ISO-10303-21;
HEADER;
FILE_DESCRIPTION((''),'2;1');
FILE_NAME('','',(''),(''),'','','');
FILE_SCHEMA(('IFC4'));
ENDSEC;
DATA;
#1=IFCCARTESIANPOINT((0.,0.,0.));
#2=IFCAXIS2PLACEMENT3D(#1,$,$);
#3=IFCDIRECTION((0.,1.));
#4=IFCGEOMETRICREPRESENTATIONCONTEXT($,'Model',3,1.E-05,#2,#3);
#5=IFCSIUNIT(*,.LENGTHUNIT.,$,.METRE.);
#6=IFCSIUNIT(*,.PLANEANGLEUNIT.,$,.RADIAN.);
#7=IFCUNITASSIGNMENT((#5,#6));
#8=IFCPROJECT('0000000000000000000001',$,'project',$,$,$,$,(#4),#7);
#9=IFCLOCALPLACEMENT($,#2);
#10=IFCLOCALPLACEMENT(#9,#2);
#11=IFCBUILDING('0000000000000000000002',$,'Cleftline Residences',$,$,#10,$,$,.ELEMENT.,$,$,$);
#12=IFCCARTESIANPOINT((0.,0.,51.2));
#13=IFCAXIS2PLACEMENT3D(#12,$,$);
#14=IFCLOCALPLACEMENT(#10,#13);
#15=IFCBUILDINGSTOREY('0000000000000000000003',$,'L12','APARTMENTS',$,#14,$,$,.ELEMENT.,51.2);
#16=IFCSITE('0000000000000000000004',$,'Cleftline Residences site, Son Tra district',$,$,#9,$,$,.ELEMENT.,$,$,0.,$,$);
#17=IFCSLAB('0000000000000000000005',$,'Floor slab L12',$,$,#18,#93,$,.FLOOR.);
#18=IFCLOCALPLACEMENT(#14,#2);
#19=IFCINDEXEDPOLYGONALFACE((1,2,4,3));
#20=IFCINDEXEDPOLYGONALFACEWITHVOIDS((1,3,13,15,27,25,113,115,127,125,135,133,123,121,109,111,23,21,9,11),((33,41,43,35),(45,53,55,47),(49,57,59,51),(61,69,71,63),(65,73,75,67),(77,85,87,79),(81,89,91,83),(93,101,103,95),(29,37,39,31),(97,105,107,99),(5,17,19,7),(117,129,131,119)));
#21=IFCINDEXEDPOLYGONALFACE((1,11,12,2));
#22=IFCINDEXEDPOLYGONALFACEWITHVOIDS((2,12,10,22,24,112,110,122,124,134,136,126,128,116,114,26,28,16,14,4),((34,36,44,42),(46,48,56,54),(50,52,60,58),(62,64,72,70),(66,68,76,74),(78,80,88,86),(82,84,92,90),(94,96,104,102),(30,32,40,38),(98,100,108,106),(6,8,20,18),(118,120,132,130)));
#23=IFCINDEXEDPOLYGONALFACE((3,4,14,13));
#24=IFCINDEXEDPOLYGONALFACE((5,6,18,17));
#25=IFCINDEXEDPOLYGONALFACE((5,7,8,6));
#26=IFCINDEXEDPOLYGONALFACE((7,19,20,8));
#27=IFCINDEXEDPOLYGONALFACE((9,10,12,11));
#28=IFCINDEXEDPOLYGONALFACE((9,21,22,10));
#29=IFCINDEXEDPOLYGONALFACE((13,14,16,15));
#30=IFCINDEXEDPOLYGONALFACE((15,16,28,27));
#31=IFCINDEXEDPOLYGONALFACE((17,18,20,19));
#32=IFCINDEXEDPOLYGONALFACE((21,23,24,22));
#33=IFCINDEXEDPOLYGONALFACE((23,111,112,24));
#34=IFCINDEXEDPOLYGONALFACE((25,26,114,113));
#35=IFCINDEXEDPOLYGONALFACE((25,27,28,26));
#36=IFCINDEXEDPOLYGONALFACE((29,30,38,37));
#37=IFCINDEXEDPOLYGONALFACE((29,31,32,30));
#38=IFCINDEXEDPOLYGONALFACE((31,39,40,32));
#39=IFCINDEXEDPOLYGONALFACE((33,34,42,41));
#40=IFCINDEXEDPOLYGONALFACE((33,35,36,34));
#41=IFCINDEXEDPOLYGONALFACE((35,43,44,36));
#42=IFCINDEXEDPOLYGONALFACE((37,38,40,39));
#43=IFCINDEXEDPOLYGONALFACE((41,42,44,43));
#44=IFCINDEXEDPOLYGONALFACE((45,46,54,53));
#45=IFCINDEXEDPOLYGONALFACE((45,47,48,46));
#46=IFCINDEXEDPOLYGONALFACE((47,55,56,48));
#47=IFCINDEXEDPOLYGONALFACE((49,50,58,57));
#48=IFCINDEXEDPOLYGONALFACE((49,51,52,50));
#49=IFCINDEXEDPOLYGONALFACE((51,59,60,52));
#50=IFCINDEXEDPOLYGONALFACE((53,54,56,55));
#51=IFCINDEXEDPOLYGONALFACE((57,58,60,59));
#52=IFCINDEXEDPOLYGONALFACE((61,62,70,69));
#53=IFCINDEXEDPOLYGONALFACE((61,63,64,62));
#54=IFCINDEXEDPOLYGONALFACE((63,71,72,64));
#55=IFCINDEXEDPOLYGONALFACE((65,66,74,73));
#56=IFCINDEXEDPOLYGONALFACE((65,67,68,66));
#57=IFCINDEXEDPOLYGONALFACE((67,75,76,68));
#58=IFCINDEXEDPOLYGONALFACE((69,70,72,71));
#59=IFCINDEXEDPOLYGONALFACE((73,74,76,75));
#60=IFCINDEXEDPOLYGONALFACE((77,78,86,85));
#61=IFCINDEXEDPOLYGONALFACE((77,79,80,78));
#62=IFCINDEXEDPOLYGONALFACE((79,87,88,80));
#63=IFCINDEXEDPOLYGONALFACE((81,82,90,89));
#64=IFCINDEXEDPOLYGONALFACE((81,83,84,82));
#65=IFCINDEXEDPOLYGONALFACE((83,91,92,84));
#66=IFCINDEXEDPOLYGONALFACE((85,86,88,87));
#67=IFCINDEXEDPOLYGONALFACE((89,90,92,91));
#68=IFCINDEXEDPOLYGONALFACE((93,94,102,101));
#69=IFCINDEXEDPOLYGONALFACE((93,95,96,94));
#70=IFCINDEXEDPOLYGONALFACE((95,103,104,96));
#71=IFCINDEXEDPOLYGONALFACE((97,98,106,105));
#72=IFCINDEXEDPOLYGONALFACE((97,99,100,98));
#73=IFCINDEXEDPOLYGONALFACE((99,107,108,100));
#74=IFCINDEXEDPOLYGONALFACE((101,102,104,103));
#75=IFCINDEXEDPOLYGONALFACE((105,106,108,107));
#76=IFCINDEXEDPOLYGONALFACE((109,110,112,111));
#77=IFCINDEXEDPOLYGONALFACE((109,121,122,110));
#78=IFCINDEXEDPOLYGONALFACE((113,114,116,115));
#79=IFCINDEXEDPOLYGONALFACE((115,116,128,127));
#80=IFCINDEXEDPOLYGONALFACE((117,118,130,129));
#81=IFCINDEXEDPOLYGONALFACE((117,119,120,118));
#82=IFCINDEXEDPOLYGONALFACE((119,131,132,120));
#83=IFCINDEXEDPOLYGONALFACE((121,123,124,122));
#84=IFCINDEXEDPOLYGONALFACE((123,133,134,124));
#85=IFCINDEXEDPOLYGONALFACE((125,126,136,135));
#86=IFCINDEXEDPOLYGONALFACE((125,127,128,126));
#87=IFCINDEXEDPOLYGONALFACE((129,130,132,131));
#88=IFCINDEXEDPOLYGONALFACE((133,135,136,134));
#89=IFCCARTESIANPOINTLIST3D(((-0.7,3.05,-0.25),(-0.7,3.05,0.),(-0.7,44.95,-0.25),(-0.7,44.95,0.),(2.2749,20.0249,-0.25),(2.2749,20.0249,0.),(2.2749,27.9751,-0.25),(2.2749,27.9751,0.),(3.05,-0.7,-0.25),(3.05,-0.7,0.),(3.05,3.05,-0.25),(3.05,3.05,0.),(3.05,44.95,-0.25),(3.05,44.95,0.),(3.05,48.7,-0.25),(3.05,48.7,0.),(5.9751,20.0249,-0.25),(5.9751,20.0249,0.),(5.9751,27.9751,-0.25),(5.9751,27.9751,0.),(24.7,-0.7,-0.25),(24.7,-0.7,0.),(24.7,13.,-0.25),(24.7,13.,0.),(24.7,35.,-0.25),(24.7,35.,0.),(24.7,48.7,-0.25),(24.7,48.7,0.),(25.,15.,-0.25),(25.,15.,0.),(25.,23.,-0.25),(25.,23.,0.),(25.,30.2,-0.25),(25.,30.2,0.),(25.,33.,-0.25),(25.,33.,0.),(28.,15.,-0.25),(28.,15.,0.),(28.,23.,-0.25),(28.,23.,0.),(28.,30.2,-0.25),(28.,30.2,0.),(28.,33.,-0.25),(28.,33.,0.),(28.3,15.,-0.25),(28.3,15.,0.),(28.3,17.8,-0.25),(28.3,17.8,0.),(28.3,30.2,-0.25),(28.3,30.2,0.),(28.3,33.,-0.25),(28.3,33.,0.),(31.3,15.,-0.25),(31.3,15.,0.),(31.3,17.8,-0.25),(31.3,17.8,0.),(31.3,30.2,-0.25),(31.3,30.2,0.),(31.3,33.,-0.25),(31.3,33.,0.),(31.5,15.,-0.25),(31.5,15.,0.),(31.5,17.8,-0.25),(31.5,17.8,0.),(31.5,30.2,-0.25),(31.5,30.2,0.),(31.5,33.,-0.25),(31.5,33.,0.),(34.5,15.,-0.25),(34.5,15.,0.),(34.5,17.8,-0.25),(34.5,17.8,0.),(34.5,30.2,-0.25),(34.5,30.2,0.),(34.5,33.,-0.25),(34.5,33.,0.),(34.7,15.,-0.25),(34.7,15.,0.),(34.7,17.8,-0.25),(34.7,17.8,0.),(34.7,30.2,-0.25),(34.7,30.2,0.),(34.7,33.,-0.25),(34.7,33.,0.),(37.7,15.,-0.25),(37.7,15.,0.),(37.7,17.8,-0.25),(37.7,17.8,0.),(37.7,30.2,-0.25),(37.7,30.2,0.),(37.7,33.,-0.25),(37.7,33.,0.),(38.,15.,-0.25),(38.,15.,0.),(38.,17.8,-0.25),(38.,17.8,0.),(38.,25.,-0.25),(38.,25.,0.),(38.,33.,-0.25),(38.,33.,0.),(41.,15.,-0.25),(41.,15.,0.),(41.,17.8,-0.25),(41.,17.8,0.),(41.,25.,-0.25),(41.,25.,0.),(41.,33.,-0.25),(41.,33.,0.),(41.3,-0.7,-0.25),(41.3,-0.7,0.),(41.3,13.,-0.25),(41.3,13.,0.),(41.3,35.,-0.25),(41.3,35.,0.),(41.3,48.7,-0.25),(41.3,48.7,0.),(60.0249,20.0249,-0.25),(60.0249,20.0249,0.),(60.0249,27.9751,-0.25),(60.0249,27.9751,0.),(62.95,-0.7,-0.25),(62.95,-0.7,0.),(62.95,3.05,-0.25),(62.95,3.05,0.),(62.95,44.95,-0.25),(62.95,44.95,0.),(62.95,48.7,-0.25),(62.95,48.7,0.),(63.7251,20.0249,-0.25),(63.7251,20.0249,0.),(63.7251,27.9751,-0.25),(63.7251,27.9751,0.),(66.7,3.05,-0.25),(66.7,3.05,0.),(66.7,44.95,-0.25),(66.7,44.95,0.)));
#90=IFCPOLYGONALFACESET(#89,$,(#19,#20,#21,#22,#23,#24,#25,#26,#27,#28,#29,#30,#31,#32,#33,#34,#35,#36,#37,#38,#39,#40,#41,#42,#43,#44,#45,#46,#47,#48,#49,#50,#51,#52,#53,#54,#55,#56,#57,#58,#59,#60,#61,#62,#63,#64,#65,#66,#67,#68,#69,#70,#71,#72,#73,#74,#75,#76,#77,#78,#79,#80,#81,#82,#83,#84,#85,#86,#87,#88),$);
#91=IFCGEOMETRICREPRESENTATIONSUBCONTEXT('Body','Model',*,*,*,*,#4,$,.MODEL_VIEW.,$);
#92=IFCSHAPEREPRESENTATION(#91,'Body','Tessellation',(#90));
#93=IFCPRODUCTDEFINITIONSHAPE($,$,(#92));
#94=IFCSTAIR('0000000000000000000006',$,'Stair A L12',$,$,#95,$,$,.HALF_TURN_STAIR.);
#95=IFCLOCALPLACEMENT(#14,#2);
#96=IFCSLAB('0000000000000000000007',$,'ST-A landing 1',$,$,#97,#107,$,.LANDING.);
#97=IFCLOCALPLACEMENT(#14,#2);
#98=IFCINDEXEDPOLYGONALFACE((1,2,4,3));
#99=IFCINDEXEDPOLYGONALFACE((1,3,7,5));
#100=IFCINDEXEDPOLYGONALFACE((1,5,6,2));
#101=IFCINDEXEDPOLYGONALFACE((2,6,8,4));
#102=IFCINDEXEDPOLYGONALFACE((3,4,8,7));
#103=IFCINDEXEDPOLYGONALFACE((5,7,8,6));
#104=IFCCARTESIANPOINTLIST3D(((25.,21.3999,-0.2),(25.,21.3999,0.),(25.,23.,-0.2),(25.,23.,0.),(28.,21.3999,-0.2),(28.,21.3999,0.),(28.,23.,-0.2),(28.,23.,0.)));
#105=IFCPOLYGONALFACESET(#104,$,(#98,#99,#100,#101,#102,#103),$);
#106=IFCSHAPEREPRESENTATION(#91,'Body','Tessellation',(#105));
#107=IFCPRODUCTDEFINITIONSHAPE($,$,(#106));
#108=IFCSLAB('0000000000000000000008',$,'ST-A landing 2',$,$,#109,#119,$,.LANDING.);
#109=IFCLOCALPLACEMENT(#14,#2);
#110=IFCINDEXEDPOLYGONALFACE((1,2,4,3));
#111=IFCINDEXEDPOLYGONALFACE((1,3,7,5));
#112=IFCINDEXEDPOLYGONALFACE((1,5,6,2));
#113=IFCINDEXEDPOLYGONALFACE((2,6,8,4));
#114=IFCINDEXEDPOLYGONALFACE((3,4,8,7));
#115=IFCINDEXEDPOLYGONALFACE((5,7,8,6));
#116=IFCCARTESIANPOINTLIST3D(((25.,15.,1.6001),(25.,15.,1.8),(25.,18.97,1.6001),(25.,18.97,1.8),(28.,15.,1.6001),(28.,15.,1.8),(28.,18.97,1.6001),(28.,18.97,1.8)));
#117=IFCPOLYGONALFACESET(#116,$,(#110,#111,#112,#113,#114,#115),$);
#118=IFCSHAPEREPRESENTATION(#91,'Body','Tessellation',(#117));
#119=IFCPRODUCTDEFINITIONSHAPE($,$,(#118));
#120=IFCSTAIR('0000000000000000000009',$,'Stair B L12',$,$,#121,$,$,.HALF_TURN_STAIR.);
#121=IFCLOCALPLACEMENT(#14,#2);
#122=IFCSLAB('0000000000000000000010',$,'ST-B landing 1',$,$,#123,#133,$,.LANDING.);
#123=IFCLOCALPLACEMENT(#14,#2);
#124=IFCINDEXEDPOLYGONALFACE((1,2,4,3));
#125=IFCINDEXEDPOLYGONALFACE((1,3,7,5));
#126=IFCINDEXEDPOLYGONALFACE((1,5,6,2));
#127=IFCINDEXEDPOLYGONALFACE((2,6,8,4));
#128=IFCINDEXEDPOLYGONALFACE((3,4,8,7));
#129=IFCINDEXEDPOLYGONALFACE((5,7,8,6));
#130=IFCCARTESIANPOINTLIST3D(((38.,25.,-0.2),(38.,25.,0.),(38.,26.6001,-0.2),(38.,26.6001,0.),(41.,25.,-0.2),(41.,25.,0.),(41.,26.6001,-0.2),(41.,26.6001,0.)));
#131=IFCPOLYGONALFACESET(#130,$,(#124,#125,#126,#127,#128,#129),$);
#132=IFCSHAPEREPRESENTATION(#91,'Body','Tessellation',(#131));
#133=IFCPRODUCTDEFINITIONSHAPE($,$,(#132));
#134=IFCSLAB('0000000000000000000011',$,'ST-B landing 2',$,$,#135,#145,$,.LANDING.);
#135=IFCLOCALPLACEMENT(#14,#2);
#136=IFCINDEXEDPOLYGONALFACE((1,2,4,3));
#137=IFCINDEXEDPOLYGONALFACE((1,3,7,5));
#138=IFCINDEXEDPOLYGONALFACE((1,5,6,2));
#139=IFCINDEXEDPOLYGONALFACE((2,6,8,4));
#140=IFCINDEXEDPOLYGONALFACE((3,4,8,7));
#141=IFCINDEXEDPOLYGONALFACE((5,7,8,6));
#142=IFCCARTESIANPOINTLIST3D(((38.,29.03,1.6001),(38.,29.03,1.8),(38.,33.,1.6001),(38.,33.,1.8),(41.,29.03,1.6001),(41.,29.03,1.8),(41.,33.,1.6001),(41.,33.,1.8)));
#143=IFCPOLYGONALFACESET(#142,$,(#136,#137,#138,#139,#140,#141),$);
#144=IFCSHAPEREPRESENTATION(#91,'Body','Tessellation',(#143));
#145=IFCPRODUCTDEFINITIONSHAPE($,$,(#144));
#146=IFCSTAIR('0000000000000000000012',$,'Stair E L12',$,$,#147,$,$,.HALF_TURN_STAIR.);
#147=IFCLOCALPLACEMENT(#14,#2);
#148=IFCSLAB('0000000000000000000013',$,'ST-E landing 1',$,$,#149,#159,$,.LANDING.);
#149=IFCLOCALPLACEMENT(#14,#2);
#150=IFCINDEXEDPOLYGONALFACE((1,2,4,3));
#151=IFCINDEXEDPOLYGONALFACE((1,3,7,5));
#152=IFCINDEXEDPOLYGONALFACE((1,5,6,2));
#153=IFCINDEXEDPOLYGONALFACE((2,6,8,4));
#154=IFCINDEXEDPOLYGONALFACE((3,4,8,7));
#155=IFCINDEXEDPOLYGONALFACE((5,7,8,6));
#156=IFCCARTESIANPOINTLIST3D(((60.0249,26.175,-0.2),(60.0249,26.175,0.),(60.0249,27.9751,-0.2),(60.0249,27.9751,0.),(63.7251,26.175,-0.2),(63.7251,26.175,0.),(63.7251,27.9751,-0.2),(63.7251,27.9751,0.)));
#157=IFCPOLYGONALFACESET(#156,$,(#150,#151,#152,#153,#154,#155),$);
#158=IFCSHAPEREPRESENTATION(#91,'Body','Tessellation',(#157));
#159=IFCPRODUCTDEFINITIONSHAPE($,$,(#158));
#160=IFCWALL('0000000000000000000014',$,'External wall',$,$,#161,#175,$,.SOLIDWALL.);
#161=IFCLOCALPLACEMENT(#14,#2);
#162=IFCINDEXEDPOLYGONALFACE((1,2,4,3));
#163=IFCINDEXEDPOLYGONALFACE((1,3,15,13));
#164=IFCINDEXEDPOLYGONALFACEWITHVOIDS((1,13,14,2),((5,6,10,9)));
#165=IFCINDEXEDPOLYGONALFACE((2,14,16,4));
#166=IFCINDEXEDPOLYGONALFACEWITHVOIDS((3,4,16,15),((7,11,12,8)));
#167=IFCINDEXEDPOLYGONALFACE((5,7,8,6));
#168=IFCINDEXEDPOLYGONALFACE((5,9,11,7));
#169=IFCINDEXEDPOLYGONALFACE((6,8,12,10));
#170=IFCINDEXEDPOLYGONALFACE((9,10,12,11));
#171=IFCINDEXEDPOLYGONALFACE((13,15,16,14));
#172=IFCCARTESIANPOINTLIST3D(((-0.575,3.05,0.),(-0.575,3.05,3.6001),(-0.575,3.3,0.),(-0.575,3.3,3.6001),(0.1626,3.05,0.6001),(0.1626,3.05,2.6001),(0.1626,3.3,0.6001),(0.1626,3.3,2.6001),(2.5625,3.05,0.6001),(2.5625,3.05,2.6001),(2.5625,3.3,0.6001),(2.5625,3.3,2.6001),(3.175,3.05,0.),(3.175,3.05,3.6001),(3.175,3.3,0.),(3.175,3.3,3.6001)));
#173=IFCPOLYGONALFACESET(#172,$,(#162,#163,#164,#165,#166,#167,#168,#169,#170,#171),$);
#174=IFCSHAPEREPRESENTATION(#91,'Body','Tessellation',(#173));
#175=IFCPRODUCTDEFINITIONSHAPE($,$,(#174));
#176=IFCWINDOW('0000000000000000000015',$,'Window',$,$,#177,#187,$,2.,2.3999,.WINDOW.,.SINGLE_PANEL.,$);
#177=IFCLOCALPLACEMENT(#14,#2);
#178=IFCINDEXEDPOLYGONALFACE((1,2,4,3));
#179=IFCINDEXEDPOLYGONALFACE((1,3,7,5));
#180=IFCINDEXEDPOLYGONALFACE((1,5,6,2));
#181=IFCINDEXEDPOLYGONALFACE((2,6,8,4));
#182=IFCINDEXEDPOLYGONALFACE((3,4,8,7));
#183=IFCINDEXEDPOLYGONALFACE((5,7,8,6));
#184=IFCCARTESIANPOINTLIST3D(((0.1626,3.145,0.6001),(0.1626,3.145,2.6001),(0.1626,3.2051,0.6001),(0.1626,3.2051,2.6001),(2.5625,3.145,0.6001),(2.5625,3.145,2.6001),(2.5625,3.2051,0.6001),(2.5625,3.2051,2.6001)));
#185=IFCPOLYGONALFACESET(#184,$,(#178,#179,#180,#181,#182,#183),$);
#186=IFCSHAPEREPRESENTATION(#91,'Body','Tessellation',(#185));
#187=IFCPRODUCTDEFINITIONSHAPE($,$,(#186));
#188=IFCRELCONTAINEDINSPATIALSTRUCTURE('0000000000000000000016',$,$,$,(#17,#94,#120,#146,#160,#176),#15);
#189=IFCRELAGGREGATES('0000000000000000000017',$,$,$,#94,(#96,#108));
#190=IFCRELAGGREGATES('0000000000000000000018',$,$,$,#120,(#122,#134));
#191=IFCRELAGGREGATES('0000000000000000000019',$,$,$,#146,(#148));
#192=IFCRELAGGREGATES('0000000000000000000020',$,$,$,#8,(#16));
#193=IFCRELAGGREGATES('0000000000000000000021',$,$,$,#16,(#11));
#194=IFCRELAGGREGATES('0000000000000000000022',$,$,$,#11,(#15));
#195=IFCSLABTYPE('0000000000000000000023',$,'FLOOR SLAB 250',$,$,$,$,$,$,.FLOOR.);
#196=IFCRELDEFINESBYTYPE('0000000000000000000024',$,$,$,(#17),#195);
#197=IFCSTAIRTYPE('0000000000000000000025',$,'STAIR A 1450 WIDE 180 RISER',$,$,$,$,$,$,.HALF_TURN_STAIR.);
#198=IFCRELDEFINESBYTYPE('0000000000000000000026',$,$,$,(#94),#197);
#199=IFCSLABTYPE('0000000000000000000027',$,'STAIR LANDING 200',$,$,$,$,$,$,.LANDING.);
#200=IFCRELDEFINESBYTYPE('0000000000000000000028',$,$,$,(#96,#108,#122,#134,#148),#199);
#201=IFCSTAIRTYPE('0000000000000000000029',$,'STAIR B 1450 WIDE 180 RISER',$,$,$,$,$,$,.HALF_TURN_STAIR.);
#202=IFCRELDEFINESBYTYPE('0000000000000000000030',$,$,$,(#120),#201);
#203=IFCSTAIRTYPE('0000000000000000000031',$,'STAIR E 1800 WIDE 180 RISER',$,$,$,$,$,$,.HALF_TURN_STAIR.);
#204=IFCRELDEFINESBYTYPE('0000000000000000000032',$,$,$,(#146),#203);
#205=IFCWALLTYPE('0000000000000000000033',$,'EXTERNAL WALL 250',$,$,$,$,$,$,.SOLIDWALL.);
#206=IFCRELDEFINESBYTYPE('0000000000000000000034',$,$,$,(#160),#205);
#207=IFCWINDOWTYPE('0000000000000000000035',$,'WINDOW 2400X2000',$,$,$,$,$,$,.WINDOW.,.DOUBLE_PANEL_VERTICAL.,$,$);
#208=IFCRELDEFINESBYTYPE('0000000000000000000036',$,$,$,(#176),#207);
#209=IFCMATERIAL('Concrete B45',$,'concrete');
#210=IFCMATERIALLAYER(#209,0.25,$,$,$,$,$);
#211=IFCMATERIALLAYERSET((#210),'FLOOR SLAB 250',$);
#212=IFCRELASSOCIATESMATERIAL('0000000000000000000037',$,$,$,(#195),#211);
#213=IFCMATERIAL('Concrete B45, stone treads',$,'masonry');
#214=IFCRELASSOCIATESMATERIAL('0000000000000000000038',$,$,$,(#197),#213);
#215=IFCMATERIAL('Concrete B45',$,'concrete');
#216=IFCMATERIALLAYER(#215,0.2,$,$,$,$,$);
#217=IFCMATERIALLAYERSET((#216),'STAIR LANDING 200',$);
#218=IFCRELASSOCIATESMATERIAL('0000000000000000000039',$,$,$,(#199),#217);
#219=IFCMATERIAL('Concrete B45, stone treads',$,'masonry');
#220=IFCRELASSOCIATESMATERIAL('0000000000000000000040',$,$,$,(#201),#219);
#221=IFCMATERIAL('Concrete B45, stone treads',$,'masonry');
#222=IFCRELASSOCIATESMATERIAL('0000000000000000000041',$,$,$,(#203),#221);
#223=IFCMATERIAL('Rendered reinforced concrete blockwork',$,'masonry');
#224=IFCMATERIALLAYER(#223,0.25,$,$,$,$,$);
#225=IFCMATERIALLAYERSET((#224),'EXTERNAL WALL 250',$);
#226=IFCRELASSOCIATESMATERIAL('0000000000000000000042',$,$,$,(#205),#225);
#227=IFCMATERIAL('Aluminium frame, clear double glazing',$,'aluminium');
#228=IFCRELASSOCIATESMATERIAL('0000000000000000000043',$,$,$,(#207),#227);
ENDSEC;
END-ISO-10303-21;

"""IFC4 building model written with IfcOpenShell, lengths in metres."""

from ifc_helpers import new_model, si_unit, direction, frame, frame_2d, origin, place, context, subcontext, project, spatial, polyline, rectangle, outline, extrude, material, layer, layer_set, type_object, element, fill, aggregate, save


model = new_model("IFC4")

# Units and contexts
model_context = context("Model", 3, precision=1e-05, world=origin(), true_north=direction((0.0, 1.0)))
body_context = subcontext(model_context, "Body", "Model", "MODEL_VIEW")
ifc_project = project(units=[si_unit("LENGTHUNIT", "METRE"), si_unit("PLANEANGLEUNIT", "RADIAN")], contexts=[model_context])

# Site, building, storey
site_placement = place(None, origin())
site = spatial("IfcSite", under=ifc_project, at=site_placement, Name="Cleftline Residences site, Son Tra district", CompositionType="ELEMENT", RefElevation=0.0)
building_placement = place(site_placement, origin())
building = spatial("IfcBuilding", under=site, at=building_placement, Name="Cleftline Residences", CompositionType="ELEMENT")
storey_placement = place(building_placement, frame((0.0, 0.0, 51.2)))
storey = spatial("IfcBuildingStorey", under=building, at=storey_placement, Name="L12", Description="APARTMENTS", CompositionType="ELEMENT", Elevation=51.2)

# Slab
ifc_material_1 = material(Name="Concrete B45", Category="concrete")
ifc_layer_1 = layer(ifc_material_1, 0.25)
ifc_layer_set_1 = layer_set([ifc_layer_1], Name="FLOOR SLAB 250")
slab_type_1 = type_object("IfcSlabType", Name="FLOOR SLAB 250", PredefinedType="FLOOR", material=ifc_layer_set_1)
slab_1_placement = place(storey_placement, frame((0.0, 0.0, -0.25)))
element("IfcSlab", 1, at=slab_1_placement, inside=storey, type_object=slab_type_1, Name="Floor slab L12", PredefinedType="FLOOR", context=body_context, shape_type="SweptSolid", body=[
    extrude(outline(polyline([(24.7, 13.0), (41.3, 13.0), (41.3, -0.7), (62.95, -0.7), (62.95, 3.05), (66.7, 3.05), (66.7, 44.95), (62.95, 44.95), (62.95, 48.7), (41.3, 48.7), (41.3, 35.0), (24.7, 35.0), (24.7, 48.7), (3.05, 48.7), (3.05, 44.95), (-0.7, 44.95), (-0.7, 3.05), (3.05, 3.05), (3.05, -0.7), (24.7, -0.7), (24.7, 13.0)]), holes=[polyline([(28.0, 15.0), (28.0, 23.0), (25.0, 23.0), (25.0, 15.0), (28.0, 15.0)]), polyline([(41.0, 25.0), (41.0, 33.0), (38.0, 33.0), (38.0, 25.0), (41.0, 25.0)]), polyline([(28.0, 30.2), (28.0, 33.0), (25.0, 33.0), (25.0, 30.2), (28.0, 30.2)]), polyline([(41.0, 15.0), (41.0, 17.8), (38.0, 17.8), (38.0, 15.0), (41.0, 15.0)]), polyline([(31.3, 15.0), (31.3, 17.8), (28.3, 17.8), (28.3, 15.0), (31.3, 15.0)]), polyline([(34.5, 15.0), (34.5, 17.8), (31.5, 17.8), (31.5, 15.0), (34.5, 15.0)]), polyline([(37.7, 15.0), (37.7, 17.8), (34.7, 17.8), (34.7, 15.0), (37.7, 15.0)]), polyline([(31.3, 30.2), (31.3, 33.0), (28.3, 33.0), (28.3, 30.2), (31.3, 30.2)]), polyline([(34.5, 30.2), (34.5, 33.0), (31.5, 33.0), (31.5, 30.2), (34.5, 30.2)]), polyline([(37.7, 30.2), (37.7, 33.0), (34.7, 33.0), (34.7, 30.2), (37.7, 30.2)]), polyline([(63.7251, 20.0249), (63.7251, 27.9751), (60.0249, 27.9751), (60.0249, 20.0249), (63.7251, 20.0249)]), polyline([(5.9751, 20.0249), (5.9751, 27.9751), (2.2749, 27.9751), (2.2749, 20.0249), (5.9751, 20.0249)])]), origin(), (0.0, 0.0, 1.0), 0.25),
])

# Stairs, slabs
ifc_material_2 = material(Name="Concrete B45, stone treads", Category="masonry")
stair_type_1 = type_object("IfcStairType", Name="STAIR A 1450 WIDE 180 RISER", PredefinedType="HALF_TURN_STAIR", material=ifc_material_2)
stair_1_placement = place(storey_placement, origin())
stair_1 = element("IfcStair", 2, at=stair_1_placement, inside=storey, type_object=stair_type_1, Name="Stair A L12", PredefinedType="HALF_TURN_STAIR")
ifc_material_3 = material(Name="Concrete B45", Category="concrete")
ifc_layer_2 = layer(ifc_material_3, 0.2)
ifc_layer_set_2 = layer_set([ifc_layer_2], Name="STAIR LANDING 200")
slab_type_2 = type_object("IfcSlabType", Name="STAIR LANDING 200", PredefinedType="LANDING", material=ifc_layer_set_2)
slab_2_placement = place(storey_placement, frame((0.0, 0.0, -0.2)))
slab_2 = element("IfcSlab", 3, at=slab_2_placement, type_object=slab_type_2, Name="ST-A landing 1", PredefinedType="LANDING", context=body_context, shape_type="SweptSolid", body=[
    extrude(outline(polyline([(25.0, 21.3999), (28.0, 21.3999), (28.0, 23.0), (25.0, 23.0), (25.0, 21.3999)])), origin(), (0.0, 0.0, 1.0), 0.2),
])
slab_3_placement = place(storey_placement, frame((0.0, 0.0, 1.6001)))
slab_3 = element("IfcSlab", 4, at=slab_3_placement, type_object=slab_type_2, Name="ST-A landing 2", PredefinedType="LANDING", context=body_context, shape_type="SweptSolid", body=[
    extrude(outline(polyline([(25.0, 15.0), (28.0, 15.0), (28.0, 18.97), (25.0, 18.97), (25.0, 15.0)])), origin(), (0.0, 0.0, 1.0), 0.2),
])
aggregate(stair_1, [slab_2, slab_3])
ifc_material_4 = material(Name="Concrete B45, stone treads", Category="masonry")
stair_type_2 = type_object("IfcStairType", Name="STAIR B 1450 WIDE 180 RISER", PredefinedType="HALF_TURN_STAIR", material=ifc_material_4)
stair_2_placement = place(storey_placement, origin())
stair_2 = element("IfcStair", 5, at=stair_2_placement, inside=storey, type_object=stair_type_2, Name="Stair B L12", PredefinedType="HALF_TURN_STAIR")
slab_4_placement = place(storey_placement, frame((0.0, 0.0, -0.2)))
slab_4 = element("IfcSlab", 6, at=slab_4_placement, type_object=slab_type_2, Name="ST-B landing 1", PredefinedType="LANDING", context=body_context, shape_type="SweptSolid", body=[
    extrude(outline(polyline([(38.0, 25.0), (41.0, 25.0), (41.0, 26.6001), (38.0, 26.6001), (38.0, 25.0)])), origin(), (0.0, 0.0, 1.0), 0.2),
])
slab_5_placement = place(storey_placement, frame((0.0, 0.0, 1.6001)))
slab_5 = element("IfcSlab", 7, at=slab_5_placement, type_object=slab_type_2, Name="ST-B landing 2", PredefinedType="LANDING", context=body_context, shape_type="SweptSolid", body=[
    extrude(outline(polyline([(38.0, 29.03), (41.0, 29.03), (41.0, 33.0), (38.0, 33.0), (38.0, 29.03)])), origin(), (0.0, 0.0, 1.0), 0.2),
])
aggregate(stair_2, [slab_4, slab_5])

# Stair, slab
ifc_material_5 = material(Name="Concrete B45, stone treads", Category="masonry")
stair_type_3 = type_object("IfcStairType", Name="STAIR E 1800 WIDE 180 RISER", PredefinedType="HALF_TURN_STAIR", material=ifc_material_5)
stair_3_placement = place(storey_placement, origin())
stair_3 = element("IfcStair", 8, at=stair_3_placement, inside=storey, type_object=stair_type_3, Name="Stair E L12", PredefinedType="HALF_TURN_STAIR")
slab_6_placement = place(storey_placement, frame((0.0, 0.0, -0.2)))
slab_6 = element("IfcSlab", 9, at=slab_6_placement, type_object=slab_type_2, Name="ST-E landing 1", PredefinedType="LANDING", context=body_context, shape_type="SweptSolid", body=[
    extrude(outline(polyline([(60.0249, 26.175), (63.7251, 26.175), (63.7251, 27.9751), (60.0249, 27.9751), (60.0249, 26.175)])), origin(), (0.0, 0.0, 1.0), 0.2),
])
aggregate(stair_3, [slab_6])

# Wall, opening, window
ifc_material_6 = material(Name="Rendered reinforced concrete blockwork", Category="masonry")
ifc_layer_3 = layer(ifc_material_6, 0.25)
ifc_layer_set_3 = layer_set([ifc_layer_3], Name="EXTERNAL WALL 250")
wall_type = type_object("IfcWallType", Name="EXTERNAL WALL 250", PredefinedType="SOLIDWALL", material=ifc_layer_set_3)
wall_placement = place(storey_placement, frame((-0.575, 3.175, 0.0), z_axis=(0.0, 0.0, 1.0), x_axis=(1.0, 0.0, 0.0)))
wall = element("IfcWall", 10, at=wall_placement, inside=storey, type_object=wall_type, Name="External wall", PredefinedType="SOLIDWALL", context=body_context, shape_type="SweptSolid", body=[
    extrude(rectangle(XDim=3.75, YDim=0.25, at=frame_2d((1.875, 0.0))), origin(), (0.0, 0.0, 1.0), 3.6001),
])
opening_placement = place(wall_placement, frame((0.7375, 0.0, 0.6001)))
opening = element("IfcOpeningElement", 11, at=opening_placement, cuts=wall, PredefinedType="OPENING", context=body_context, shape_type="SweptSolid", body=[
    extrude(rectangle(XDim=2.3999, YDim=2.0, at=frame_2d((1.2, 1.0))), frame((0.0, 0.135, 0.0), z_axis=(0.0, -1.0, 0.0), x_axis=(1.0, 0.0, 0.0)), (0.0, 0.0, 1.0), 0.27),
])
ifc_material_7 = material(Name="Aluminium frame, clear double glazing", Category="aluminium")
window_type = type_object("IfcWindowType", Name="WINDOW 2400X2000", PartitioningType="DOUBLE_PANEL_VERTICAL", PredefinedType="WINDOW", material=ifc_material_7)
window_placement = place(opening_placement, origin())
window = element("IfcWindow", 12, at=window_placement, inside=storey, type_object=window_type, Name="Window", OverallHeight=2.0, OverallWidth=2.3999, PartitioningType="SINGLE_PANEL", PredefinedType="WINDOW", context=body_context, shape_type="SweptSolid", body=[
    extrude(rectangle(XDim=2.3999, YDim=2.0, at=frame_2d((1.2, 1.0))), frame((0.0, 0.03, 0.0), z_axis=(0.0, -1.0, 0.0), x_axis=(1.0, 0.0, 0.0)), (0.0, 0.0, 1.0), 0.0601),
])
fill(opening, window)

save(model, "model.ifc")
